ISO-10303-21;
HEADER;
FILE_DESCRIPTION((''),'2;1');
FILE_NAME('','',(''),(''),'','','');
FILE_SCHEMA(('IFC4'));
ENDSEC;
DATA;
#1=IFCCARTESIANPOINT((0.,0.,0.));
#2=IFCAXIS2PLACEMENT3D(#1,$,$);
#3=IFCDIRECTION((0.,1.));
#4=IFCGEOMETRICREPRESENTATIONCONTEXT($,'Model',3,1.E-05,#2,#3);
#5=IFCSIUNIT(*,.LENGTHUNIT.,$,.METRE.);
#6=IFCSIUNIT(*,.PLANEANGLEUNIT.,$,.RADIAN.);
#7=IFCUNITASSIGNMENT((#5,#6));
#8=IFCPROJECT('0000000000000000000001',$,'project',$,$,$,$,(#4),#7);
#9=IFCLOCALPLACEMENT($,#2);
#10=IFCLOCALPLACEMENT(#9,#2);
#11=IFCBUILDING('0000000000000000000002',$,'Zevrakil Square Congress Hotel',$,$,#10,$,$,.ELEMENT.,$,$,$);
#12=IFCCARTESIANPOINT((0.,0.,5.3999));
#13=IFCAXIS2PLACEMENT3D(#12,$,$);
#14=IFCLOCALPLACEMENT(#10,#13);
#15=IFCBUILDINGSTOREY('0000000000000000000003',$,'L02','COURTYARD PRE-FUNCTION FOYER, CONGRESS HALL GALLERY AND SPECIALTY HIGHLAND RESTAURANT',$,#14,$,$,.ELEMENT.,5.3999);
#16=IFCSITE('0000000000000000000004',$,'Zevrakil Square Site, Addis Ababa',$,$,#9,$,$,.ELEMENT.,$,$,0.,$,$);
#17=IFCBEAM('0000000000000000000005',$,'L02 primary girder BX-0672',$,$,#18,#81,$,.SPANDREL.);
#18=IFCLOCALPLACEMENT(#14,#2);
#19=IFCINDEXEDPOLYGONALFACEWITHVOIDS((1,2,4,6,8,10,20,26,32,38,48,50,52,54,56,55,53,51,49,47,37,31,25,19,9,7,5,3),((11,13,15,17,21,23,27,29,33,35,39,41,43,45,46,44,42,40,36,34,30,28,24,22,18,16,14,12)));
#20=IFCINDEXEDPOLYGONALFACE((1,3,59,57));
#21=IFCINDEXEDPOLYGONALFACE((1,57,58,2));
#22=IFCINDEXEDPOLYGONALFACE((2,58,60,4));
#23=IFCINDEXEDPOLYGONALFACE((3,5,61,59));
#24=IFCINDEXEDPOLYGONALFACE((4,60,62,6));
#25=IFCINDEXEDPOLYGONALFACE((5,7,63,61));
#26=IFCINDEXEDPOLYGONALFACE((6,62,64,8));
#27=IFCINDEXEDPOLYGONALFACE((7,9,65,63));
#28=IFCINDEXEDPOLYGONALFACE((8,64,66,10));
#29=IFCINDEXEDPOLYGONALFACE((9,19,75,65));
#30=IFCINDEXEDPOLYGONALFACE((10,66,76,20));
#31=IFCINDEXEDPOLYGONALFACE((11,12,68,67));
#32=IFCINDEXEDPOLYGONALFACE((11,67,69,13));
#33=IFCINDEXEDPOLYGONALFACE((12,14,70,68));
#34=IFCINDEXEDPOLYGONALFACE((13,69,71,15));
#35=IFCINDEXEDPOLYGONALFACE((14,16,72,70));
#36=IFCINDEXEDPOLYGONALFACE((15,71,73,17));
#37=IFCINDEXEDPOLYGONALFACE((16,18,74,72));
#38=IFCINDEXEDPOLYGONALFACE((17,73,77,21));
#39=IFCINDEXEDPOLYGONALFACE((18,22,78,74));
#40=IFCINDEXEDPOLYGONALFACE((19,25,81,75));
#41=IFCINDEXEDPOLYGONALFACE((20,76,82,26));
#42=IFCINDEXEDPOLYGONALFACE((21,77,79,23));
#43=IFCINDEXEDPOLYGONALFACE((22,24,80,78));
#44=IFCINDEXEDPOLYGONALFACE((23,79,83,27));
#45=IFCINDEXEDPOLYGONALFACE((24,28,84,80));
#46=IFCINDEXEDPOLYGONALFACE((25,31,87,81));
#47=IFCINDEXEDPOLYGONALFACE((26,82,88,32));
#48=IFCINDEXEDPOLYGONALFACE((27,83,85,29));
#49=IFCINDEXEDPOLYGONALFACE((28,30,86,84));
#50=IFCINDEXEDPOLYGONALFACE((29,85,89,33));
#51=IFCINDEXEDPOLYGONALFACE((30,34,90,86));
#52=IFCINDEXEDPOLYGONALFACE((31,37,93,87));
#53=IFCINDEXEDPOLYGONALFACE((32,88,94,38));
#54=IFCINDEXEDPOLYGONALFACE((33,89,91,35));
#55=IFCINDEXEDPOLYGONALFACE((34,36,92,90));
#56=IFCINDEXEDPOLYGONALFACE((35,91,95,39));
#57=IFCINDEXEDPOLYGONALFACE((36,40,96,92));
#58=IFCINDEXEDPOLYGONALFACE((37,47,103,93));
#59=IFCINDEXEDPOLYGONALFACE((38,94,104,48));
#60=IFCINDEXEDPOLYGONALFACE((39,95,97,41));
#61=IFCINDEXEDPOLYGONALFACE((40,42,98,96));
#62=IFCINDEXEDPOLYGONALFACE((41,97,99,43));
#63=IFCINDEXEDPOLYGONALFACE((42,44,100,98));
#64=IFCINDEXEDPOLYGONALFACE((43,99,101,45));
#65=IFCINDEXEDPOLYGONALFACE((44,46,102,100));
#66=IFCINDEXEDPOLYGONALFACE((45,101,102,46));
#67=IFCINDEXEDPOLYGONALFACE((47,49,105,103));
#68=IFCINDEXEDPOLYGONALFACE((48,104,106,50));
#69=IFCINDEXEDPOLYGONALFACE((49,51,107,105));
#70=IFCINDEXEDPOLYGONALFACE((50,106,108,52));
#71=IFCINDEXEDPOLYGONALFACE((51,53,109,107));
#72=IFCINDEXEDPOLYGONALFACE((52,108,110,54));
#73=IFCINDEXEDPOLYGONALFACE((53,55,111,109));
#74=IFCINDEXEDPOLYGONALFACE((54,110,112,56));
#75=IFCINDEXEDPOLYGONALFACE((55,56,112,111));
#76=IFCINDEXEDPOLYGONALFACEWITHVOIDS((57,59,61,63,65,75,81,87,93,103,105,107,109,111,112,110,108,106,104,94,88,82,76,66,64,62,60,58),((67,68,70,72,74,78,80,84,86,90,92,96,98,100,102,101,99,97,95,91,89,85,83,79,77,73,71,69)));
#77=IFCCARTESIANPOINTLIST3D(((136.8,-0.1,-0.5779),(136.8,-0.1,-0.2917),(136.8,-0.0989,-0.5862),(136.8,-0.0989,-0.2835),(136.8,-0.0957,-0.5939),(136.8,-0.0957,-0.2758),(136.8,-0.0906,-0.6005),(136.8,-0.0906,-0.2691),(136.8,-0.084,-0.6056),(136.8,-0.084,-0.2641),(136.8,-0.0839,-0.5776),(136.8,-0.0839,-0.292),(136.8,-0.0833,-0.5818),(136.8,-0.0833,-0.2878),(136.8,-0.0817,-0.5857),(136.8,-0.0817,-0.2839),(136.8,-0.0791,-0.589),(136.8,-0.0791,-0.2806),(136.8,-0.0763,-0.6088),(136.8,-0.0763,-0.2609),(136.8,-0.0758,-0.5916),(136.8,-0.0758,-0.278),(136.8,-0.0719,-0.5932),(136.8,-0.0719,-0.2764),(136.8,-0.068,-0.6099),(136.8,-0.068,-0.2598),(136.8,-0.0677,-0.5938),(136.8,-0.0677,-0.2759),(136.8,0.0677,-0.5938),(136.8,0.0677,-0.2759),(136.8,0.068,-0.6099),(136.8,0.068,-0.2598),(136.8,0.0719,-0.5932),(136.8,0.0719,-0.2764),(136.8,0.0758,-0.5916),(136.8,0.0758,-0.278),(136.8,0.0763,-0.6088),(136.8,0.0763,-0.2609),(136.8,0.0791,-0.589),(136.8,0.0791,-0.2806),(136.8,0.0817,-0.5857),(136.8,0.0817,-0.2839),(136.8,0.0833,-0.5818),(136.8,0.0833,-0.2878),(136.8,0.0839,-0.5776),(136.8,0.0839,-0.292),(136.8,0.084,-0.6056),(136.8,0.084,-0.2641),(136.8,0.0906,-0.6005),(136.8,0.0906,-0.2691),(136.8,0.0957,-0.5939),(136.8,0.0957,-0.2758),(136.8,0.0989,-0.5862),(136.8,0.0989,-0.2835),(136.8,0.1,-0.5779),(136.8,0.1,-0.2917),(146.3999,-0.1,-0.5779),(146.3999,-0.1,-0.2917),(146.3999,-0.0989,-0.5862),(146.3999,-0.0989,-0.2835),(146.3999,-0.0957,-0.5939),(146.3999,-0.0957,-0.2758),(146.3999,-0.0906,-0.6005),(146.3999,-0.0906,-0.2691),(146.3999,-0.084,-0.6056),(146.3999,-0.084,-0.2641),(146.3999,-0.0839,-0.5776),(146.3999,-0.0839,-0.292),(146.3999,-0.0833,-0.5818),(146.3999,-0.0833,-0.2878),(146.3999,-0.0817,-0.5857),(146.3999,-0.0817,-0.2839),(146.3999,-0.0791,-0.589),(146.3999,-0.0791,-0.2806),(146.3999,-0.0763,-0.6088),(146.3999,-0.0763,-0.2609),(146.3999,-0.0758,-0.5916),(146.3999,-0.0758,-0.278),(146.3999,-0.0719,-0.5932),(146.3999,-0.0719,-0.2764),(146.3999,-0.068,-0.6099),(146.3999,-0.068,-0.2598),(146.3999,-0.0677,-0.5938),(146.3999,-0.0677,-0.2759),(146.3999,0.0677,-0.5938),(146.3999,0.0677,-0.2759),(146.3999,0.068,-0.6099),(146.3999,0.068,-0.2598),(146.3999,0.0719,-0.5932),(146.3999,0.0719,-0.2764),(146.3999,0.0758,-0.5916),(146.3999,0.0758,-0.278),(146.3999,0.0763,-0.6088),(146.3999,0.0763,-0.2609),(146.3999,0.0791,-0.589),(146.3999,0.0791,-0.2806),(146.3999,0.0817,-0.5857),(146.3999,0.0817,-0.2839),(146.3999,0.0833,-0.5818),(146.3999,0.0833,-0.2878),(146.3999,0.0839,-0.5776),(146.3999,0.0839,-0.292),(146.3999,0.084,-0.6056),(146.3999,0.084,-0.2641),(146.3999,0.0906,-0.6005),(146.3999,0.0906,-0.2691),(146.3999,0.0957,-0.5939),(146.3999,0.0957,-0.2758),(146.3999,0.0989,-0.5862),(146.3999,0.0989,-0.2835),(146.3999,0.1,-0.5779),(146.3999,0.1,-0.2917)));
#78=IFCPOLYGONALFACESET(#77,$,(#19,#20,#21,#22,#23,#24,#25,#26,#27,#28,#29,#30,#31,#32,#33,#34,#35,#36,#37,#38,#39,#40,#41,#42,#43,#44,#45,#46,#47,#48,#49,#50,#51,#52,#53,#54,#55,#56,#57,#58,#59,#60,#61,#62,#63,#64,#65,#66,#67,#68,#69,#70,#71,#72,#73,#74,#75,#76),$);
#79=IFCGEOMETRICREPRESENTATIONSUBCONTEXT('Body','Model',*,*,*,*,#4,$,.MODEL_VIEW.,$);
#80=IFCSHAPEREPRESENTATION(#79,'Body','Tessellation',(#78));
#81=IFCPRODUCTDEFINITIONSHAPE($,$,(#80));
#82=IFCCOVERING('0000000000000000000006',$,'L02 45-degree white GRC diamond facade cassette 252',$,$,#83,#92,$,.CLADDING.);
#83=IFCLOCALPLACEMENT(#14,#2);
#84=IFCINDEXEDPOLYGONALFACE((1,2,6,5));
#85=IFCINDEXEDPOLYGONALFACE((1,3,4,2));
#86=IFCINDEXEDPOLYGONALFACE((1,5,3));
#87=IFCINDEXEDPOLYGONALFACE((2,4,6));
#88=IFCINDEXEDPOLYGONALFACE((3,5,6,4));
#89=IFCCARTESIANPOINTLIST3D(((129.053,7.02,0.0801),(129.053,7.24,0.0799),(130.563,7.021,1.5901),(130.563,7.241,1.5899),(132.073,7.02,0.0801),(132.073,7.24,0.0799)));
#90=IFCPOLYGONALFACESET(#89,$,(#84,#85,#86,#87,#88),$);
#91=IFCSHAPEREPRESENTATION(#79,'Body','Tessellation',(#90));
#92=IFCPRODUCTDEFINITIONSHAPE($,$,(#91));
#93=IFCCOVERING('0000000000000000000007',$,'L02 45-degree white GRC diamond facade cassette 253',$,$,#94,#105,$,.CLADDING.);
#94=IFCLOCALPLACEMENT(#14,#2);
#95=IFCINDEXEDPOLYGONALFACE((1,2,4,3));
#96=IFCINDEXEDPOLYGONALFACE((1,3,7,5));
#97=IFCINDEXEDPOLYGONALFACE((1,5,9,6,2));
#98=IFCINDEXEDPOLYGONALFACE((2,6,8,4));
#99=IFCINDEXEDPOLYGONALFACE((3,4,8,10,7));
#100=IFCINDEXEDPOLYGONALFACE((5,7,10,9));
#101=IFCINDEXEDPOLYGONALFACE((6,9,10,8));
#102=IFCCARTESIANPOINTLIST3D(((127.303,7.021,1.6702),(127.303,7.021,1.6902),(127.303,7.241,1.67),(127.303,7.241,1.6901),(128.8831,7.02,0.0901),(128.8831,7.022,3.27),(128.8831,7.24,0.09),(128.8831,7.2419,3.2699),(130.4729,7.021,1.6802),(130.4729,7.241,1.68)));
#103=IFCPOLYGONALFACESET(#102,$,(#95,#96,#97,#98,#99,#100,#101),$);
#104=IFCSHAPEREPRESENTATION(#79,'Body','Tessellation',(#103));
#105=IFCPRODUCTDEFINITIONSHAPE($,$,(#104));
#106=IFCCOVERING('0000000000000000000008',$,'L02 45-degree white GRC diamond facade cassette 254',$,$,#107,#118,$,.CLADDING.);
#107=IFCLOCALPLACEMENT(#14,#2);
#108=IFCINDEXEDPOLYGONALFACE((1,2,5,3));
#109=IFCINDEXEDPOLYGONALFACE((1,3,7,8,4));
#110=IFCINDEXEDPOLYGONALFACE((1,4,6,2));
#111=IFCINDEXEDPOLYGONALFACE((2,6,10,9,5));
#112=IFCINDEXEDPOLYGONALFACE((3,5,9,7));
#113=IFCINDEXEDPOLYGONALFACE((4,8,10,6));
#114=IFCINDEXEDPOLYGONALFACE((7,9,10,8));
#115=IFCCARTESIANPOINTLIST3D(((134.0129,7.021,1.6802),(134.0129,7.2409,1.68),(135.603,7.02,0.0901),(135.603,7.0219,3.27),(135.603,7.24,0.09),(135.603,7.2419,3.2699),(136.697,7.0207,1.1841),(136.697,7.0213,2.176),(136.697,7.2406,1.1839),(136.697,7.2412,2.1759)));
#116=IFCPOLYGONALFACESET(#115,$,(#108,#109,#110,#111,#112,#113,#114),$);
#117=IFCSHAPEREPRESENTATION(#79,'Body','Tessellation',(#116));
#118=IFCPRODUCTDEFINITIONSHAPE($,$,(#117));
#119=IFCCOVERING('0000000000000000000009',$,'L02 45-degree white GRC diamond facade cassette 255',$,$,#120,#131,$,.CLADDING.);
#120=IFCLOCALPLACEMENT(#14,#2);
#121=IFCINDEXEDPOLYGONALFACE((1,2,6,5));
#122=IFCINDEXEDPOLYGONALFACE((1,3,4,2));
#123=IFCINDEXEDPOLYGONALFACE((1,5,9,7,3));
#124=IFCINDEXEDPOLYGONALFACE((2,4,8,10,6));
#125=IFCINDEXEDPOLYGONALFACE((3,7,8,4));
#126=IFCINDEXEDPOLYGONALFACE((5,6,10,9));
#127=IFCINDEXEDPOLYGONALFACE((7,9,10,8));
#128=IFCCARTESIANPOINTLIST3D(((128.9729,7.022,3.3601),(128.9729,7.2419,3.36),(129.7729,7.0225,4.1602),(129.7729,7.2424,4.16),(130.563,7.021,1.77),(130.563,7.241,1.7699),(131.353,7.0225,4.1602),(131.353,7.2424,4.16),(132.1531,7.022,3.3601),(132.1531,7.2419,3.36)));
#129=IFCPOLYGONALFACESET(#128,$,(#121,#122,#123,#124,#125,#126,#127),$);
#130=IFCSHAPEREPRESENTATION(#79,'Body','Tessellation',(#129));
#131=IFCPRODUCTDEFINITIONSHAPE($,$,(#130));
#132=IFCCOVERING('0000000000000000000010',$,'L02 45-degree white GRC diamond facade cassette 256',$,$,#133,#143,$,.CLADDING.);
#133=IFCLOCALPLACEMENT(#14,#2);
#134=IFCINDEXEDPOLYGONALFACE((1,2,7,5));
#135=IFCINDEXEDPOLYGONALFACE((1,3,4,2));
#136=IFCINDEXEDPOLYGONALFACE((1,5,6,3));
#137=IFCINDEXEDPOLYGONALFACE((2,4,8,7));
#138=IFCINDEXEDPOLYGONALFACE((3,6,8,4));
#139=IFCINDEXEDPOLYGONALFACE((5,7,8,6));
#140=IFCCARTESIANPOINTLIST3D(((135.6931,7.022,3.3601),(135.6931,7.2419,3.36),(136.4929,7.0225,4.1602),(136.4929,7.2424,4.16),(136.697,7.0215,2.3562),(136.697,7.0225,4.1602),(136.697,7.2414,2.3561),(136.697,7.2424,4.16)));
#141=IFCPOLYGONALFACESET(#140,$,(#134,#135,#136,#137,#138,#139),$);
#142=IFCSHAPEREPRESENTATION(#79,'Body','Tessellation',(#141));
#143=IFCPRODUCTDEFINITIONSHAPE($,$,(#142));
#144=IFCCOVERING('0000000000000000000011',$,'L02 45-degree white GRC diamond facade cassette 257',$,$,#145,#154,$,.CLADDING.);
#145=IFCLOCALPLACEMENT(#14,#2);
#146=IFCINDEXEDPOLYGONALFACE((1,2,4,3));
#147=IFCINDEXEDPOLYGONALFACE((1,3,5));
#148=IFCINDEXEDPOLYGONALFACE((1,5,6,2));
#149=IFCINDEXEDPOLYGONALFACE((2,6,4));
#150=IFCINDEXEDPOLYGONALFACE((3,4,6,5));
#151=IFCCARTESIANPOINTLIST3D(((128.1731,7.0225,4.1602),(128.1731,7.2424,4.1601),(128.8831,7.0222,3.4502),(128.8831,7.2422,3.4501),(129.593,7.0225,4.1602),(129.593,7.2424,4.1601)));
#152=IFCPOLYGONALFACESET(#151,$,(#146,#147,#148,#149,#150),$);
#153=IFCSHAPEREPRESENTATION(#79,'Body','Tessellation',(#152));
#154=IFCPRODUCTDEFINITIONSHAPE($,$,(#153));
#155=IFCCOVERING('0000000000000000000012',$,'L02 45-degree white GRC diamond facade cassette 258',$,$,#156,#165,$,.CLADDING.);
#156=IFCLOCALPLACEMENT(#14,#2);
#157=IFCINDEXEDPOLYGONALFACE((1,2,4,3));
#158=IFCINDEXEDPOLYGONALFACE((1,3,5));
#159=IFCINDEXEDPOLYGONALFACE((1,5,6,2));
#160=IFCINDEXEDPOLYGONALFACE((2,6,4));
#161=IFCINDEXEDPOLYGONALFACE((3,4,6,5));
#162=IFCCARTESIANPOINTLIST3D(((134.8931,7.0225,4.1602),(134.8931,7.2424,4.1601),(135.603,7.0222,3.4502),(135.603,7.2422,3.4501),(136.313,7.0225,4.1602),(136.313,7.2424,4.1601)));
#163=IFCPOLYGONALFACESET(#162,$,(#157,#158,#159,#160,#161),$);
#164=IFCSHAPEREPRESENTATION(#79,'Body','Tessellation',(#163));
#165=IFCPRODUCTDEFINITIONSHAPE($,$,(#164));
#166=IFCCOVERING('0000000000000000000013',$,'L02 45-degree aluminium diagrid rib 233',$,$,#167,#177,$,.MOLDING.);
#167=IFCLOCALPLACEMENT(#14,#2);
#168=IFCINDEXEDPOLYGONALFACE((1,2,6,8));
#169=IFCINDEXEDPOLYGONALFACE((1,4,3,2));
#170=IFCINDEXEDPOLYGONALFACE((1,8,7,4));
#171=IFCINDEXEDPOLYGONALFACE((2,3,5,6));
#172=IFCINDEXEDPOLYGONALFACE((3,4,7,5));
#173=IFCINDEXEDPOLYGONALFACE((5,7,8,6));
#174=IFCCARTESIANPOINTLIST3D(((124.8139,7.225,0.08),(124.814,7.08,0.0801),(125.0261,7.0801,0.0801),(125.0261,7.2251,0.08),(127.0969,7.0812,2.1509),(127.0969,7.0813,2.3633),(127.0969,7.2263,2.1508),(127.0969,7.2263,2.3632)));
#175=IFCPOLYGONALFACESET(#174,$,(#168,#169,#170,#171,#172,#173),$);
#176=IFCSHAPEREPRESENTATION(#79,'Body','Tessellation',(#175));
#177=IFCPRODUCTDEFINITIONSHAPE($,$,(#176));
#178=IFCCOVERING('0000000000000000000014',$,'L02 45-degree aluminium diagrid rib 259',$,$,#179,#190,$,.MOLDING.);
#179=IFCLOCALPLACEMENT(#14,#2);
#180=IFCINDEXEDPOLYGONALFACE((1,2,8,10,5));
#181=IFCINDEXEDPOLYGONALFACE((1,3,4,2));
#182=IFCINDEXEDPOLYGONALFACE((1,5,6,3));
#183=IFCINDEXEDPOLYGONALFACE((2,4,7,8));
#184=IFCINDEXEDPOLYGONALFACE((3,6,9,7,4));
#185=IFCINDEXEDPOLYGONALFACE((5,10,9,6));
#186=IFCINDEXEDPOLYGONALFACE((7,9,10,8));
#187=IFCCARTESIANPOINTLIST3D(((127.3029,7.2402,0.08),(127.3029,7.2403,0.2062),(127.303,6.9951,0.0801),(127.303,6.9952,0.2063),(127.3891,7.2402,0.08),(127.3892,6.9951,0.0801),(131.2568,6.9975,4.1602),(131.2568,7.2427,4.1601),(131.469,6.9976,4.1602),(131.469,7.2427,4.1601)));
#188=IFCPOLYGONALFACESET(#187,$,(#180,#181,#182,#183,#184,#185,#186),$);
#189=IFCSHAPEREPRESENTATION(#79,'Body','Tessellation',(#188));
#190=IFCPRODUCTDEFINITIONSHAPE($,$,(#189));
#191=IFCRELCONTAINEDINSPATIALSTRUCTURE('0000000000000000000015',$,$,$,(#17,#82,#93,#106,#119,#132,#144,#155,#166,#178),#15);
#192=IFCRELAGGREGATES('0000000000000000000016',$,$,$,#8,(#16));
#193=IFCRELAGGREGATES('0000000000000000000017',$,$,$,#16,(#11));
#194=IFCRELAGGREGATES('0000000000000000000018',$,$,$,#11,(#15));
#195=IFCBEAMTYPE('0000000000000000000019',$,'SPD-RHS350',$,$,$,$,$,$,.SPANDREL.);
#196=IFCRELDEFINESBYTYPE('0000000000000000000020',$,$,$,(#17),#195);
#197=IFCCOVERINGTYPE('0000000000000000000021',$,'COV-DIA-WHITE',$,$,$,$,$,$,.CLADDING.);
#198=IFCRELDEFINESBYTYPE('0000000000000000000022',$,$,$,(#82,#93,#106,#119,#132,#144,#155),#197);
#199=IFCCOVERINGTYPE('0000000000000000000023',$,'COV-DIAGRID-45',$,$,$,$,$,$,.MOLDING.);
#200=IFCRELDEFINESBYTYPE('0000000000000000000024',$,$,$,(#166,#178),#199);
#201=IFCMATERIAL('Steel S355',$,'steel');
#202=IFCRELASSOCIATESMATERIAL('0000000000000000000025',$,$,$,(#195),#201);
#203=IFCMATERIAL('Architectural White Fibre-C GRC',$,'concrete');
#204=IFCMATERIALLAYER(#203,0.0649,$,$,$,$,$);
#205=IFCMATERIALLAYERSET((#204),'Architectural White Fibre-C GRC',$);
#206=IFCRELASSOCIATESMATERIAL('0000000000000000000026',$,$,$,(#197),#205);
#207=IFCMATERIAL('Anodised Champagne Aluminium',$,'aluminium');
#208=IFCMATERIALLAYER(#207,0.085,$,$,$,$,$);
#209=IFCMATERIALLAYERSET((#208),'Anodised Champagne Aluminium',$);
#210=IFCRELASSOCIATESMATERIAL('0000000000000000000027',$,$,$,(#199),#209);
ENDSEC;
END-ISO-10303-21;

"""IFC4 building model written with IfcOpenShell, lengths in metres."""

from ifc_helpers import new_model, si_unit, direction, frame, origin, origin_2d, place, context, subcontext, project, spatial, polyline, hollow_rectangle, outline, extrude, material, layer, layer_set, material_profile, profile_set, type_object, element, save


model = new_model("IFC4")

# Units and contexts
model_context = context("Model", 3, precision=1e-05, world=origin(), true_north=direction((0.0, 1.0)))
body_context = subcontext(model_context, "Body", "Model", "MODEL_VIEW")
ifc_project = project(units=[si_unit("LENGTHUNIT", "METRE"), si_unit("PLANEANGLEUNIT", "RADIAN")], contexts=[model_context])

# Site, building, storey
site_placement = place(None, origin())
site = spatial("IfcSite", under=ifc_project, at=site_placement, Name="Zevrakil Square Site, Addis Ababa", CompositionType="ELEMENT", RefElevation=0.0)
building_placement = place(site_placement, origin())
building = spatial("IfcBuilding", under=site, at=building_placement, Name="Zevrakil Square Congress Hotel", CompositionType="ELEMENT")
storey_placement = place(building_placement, frame((0.0, 0.0, 5.3999)))
storey = spatial("IfcBuildingStorey", under=building, at=storey_placement, Name="L02", Description="COURTYARD PRE-FUNCTION FOYER, CONGRESS HALL GALLERY AND SPECIALTY HIGHLAND RESTAURANT", CompositionType="ELEMENT", Elevation=5.3999)

# Beam
ifc_material_1 = material(Name="Steel S355", Category="steel")
ifc_material_profile_1 = material_profile(ifc_material_1, hollow_rectangle(XDim=0.2, YDim=0.3501, WallThickness=0.0161, InnerFilletRadius=0.0161, OuterFilletRadius=0.032, at=origin_2d()), Name="RHS 350x200x16")
ifc_profile_set_1 = profile_set([ifc_material_profile_1], Name="Steel S355")
beam_type_1 = type_object("IfcBeamType", Name="SPD-RHS350", PredefinedType="SPANDREL", material=ifc_profile_set_1)
beam_1_placement = place(storey_placement, frame((136.8, 0.0, -0.4348), z_axis=(1.0, 0.0, 0.0), x_axis=(0.0, 1.0, 0.0)))
element("IfcBeam", 1, at=beam_1_placement, inside=storey, type_object=beam_type_1, Name="L02 primary girder BX-0672", PredefinedType="SPANDREL", context=body_context, shape_type="SweptSolid", body=[
    extrude(hollow_rectangle(XDim=0.2, YDim=0.3501, WallThickness=0.0161, InnerFilletRadius=0.0161, OuterFilletRadius=0.032, at=origin_2d()), origin(), (0.0, 0.0, 1.0), 9.5999),
])

# Coverings
ifc_material_2 = material(Name="Architectural White Fibre-C GRC", Category="concrete")
ifc_layer_1 = layer(ifc_material_2, 0.0649)
ifc_layer_set_1 = layer_set([ifc_layer_1], Name="Architectural White Fibre-C GRC")
covering_type_1 = type_object("IfcCoveringType", Name="COV-DIA-WHITE", PredefinedType="CLADDING", material=ifc_layer_set_1)
covering_1_placement = place(storey_placement, frame((130.563, 7.021, 1.5901), z_axis=(0.0, -1.0, 0.000647), x_axis=(0.707107, -0.000457, -0.707107)))
element("IfcCovering", 2, at=covering_1_placement, inside=storey, type_object=covering_type_1, Name="L02 45-degree white GRC diamond facade cassette 252", PredefinedType="CLADDING", context=body_context, shape_type="SweptSolid", body=[
    extrude(outline(polyline([(0.0, 0.0), (2.1355, 0.0), (0.0, -2.1355), (0.0, 0.0)])), origin(), (0.0, 0.0, -1.0), 0.22),
])
covering_2_placement = place(storey_placement, frame((128.8831, 7.022, 3.27), z_axis=(0.0, -1.0, 0.000612), x_axis=(0.707107, -0.000433, -0.707107)))
element("IfcCovering", 3, at=covering_2_placement, inside=storey, type_object=covering_type_1, Name="L02 45-degree white GRC diamond facade cassette 253", PredefinedType="CLADDING", context=body_context, shape_type="SweptSolid", body=[
    extrude(outline(polyline([(0.0, 0.0), (2.2484, 0.0), (2.2486, -2.2486), (0.014, -2.2486), (-0.0002, -2.2344), (0.0, 0.0)])), origin(), (0.0, 0.0, -1.0), 0.22),
])
covering_3_placement = place(storey_placement, frame((135.603, 7.02, 0.0901), z_axis=(0.0, -1.0, 0.0006), x_axis=(-0.707107, 0.000425, 0.707107)))
element("IfcCovering", 4, at=covering_3_placement, inside=storey, type_object=covering_type_1, Name="L02 45-degree white GRC diamond facade cassette 254", PredefinedType="CLADDING", context=body_context, shape_type="SweptSolid", body=[
    extrude(outline(polyline([(0.0, 0.0), (2.2487, 0.0), (2.2486, -2.2486), (0.7014, -2.2486), (0.0, -1.5471), (0.0, 0.0)])), origin(), (0.0, 0.0, -1.0), 0.22),
])
covering_4_placement = place(storey_placement, frame((132.1531, 7.022, 3.3601), z_axis=(0.0, -1.0, 0.000613), x_axis=(-0.707107, -0.000433, -0.707107)))
element("IfcCovering", 5, at=covering_4_placement, inside=storey, type_object=covering_type_1, Name="L02 45-degree white GRC diamond facade cassette 255", PredefinedType="CLADDING", context=body_context, shape_type="SweptSolid", body=[
    extrude(outline(polyline([(0.0, 0.0), (2.2487, 0.0), (2.2487, -2.2487), (1.1173, -2.2487), (0.0, -1.1314), (0.0, 0.0)])), origin(), (0.0, 0.0, -1.0), 0.22),
])
covering_5_placement = place(storey_placement, frame((135.6931, 7.022, 3.3601), z_axis=(0.00005, -1.0, 0.000547), x_axis=(0.706999, 0.000423, 0.707215)))
element("IfcCovering", 6, at=covering_5_placement, inside=storey, type_object=covering_type_1, Name="L02 45-degree white GRC diamond facade cassette 256", PredefinedType="CLADDING", context=body_context, shape_type="SweptSolid", body=[
    extrude(outline(polyline([(0.0, 0.0), (1.1313, 0.0), (1.2756, -0.1443), (-0.0002, -1.4197), (0.0, 0.0)])), origin(), (0.0, 0.0, -1.0), 0.22),
])
for number, where, z_axis, x_axis, name in (
    (7, (128.8831, 7.0222, 3.4502), (0.0, -1.0, 0.000344), (-0.707107, 0.000243, 0.707107), "L02 45-degree white GRC diamond facade cassette 257"),
    (8, (135.603, 7.0222, 3.4502), (0.0, -1.0, 0.000344), (-0.707107, 0.000243, 0.707107), "L02 45-degree white GRC diamond facade cassette 258"),
):
    element("IfcCovering", number, at=place(storey_placement, frame(where, z_axis=z_axis, x_axis=x_axis)), inside=storey, type_object=covering_type_1, Name=name, PredefinedType="CLADDING", context=body_context, shape_type="SweptSolid", body=[
        extrude(outline(polyline([(0.0, 0.0), (1.004, 0.0), (0.0, -1.004), (0.0, 0.0)])), origin(), (0.0, 0.0, -1.0), 0.22),
    ])
ifc_material_3 = material(Name="Anodised Champagne Aluminium", Category="aluminium")
ifc_layer_2 = layer(ifc_material_3, 0.085)
ifc_layer_set_2 = layer_set([ifc_layer_2], Name="Anodised Champagne Aluminium")
covering_type_2 = type_object("IfcCoveringType", Name="COV-DIAGRID-45", PredefinedType="MOLDING", material=ifc_layer_set_2)
covering_6_placement = place(storey_placement, frame((125.0261, 7.0801, 0.0801), z_axis=(0.000281, -1.0, 0.00028), x_axis=(-1.0, -0.000281, 0.0)))
element("IfcCovering", 9, at=covering_6_placement, inside=storey, type_object=covering_type_2, Name="L02 45-degree aluminium diagrid rib 233", PredefinedType="MOLDING", context=body_context, shape_type="SweptSolid", body=[
    extrude(outline(polyline([(0.0, 0.0), (0.2122, 0.0), (-2.0708, -2.2832), (-2.0708, -2.0708), (0.0, 0.0)])), origin(), (0.0, 0.0, -1.0), 0.145),
])
covering_7_placement = place(storey_placement, frame((127.3892, 6.9951, 0.0801), z_axis=(0.00018, -1.0, 0.000424), x_axis=(-1.0, -0.00018, 0.0)))
element("IfcCovering", 10, at=covering_7_placement, inside=storey, type_object=covering_type_2, Name="L02 45-degree aluminium diagrid rib 259", PredefinedType="MOLDING", context=body_context, shape_type="SweptSolid", body=[
    extrude(outline(polyline([(0.0, 0.0), (0.0862, 0.0), (0.0862, -0.1262), (-3.8677, -4.0801), (-4.0798, -4.0801), (0.0, 0.0)])), origin(), (0.0, 0.0, -1.0), 0.2451),
])

save(model, "model.ifc")
